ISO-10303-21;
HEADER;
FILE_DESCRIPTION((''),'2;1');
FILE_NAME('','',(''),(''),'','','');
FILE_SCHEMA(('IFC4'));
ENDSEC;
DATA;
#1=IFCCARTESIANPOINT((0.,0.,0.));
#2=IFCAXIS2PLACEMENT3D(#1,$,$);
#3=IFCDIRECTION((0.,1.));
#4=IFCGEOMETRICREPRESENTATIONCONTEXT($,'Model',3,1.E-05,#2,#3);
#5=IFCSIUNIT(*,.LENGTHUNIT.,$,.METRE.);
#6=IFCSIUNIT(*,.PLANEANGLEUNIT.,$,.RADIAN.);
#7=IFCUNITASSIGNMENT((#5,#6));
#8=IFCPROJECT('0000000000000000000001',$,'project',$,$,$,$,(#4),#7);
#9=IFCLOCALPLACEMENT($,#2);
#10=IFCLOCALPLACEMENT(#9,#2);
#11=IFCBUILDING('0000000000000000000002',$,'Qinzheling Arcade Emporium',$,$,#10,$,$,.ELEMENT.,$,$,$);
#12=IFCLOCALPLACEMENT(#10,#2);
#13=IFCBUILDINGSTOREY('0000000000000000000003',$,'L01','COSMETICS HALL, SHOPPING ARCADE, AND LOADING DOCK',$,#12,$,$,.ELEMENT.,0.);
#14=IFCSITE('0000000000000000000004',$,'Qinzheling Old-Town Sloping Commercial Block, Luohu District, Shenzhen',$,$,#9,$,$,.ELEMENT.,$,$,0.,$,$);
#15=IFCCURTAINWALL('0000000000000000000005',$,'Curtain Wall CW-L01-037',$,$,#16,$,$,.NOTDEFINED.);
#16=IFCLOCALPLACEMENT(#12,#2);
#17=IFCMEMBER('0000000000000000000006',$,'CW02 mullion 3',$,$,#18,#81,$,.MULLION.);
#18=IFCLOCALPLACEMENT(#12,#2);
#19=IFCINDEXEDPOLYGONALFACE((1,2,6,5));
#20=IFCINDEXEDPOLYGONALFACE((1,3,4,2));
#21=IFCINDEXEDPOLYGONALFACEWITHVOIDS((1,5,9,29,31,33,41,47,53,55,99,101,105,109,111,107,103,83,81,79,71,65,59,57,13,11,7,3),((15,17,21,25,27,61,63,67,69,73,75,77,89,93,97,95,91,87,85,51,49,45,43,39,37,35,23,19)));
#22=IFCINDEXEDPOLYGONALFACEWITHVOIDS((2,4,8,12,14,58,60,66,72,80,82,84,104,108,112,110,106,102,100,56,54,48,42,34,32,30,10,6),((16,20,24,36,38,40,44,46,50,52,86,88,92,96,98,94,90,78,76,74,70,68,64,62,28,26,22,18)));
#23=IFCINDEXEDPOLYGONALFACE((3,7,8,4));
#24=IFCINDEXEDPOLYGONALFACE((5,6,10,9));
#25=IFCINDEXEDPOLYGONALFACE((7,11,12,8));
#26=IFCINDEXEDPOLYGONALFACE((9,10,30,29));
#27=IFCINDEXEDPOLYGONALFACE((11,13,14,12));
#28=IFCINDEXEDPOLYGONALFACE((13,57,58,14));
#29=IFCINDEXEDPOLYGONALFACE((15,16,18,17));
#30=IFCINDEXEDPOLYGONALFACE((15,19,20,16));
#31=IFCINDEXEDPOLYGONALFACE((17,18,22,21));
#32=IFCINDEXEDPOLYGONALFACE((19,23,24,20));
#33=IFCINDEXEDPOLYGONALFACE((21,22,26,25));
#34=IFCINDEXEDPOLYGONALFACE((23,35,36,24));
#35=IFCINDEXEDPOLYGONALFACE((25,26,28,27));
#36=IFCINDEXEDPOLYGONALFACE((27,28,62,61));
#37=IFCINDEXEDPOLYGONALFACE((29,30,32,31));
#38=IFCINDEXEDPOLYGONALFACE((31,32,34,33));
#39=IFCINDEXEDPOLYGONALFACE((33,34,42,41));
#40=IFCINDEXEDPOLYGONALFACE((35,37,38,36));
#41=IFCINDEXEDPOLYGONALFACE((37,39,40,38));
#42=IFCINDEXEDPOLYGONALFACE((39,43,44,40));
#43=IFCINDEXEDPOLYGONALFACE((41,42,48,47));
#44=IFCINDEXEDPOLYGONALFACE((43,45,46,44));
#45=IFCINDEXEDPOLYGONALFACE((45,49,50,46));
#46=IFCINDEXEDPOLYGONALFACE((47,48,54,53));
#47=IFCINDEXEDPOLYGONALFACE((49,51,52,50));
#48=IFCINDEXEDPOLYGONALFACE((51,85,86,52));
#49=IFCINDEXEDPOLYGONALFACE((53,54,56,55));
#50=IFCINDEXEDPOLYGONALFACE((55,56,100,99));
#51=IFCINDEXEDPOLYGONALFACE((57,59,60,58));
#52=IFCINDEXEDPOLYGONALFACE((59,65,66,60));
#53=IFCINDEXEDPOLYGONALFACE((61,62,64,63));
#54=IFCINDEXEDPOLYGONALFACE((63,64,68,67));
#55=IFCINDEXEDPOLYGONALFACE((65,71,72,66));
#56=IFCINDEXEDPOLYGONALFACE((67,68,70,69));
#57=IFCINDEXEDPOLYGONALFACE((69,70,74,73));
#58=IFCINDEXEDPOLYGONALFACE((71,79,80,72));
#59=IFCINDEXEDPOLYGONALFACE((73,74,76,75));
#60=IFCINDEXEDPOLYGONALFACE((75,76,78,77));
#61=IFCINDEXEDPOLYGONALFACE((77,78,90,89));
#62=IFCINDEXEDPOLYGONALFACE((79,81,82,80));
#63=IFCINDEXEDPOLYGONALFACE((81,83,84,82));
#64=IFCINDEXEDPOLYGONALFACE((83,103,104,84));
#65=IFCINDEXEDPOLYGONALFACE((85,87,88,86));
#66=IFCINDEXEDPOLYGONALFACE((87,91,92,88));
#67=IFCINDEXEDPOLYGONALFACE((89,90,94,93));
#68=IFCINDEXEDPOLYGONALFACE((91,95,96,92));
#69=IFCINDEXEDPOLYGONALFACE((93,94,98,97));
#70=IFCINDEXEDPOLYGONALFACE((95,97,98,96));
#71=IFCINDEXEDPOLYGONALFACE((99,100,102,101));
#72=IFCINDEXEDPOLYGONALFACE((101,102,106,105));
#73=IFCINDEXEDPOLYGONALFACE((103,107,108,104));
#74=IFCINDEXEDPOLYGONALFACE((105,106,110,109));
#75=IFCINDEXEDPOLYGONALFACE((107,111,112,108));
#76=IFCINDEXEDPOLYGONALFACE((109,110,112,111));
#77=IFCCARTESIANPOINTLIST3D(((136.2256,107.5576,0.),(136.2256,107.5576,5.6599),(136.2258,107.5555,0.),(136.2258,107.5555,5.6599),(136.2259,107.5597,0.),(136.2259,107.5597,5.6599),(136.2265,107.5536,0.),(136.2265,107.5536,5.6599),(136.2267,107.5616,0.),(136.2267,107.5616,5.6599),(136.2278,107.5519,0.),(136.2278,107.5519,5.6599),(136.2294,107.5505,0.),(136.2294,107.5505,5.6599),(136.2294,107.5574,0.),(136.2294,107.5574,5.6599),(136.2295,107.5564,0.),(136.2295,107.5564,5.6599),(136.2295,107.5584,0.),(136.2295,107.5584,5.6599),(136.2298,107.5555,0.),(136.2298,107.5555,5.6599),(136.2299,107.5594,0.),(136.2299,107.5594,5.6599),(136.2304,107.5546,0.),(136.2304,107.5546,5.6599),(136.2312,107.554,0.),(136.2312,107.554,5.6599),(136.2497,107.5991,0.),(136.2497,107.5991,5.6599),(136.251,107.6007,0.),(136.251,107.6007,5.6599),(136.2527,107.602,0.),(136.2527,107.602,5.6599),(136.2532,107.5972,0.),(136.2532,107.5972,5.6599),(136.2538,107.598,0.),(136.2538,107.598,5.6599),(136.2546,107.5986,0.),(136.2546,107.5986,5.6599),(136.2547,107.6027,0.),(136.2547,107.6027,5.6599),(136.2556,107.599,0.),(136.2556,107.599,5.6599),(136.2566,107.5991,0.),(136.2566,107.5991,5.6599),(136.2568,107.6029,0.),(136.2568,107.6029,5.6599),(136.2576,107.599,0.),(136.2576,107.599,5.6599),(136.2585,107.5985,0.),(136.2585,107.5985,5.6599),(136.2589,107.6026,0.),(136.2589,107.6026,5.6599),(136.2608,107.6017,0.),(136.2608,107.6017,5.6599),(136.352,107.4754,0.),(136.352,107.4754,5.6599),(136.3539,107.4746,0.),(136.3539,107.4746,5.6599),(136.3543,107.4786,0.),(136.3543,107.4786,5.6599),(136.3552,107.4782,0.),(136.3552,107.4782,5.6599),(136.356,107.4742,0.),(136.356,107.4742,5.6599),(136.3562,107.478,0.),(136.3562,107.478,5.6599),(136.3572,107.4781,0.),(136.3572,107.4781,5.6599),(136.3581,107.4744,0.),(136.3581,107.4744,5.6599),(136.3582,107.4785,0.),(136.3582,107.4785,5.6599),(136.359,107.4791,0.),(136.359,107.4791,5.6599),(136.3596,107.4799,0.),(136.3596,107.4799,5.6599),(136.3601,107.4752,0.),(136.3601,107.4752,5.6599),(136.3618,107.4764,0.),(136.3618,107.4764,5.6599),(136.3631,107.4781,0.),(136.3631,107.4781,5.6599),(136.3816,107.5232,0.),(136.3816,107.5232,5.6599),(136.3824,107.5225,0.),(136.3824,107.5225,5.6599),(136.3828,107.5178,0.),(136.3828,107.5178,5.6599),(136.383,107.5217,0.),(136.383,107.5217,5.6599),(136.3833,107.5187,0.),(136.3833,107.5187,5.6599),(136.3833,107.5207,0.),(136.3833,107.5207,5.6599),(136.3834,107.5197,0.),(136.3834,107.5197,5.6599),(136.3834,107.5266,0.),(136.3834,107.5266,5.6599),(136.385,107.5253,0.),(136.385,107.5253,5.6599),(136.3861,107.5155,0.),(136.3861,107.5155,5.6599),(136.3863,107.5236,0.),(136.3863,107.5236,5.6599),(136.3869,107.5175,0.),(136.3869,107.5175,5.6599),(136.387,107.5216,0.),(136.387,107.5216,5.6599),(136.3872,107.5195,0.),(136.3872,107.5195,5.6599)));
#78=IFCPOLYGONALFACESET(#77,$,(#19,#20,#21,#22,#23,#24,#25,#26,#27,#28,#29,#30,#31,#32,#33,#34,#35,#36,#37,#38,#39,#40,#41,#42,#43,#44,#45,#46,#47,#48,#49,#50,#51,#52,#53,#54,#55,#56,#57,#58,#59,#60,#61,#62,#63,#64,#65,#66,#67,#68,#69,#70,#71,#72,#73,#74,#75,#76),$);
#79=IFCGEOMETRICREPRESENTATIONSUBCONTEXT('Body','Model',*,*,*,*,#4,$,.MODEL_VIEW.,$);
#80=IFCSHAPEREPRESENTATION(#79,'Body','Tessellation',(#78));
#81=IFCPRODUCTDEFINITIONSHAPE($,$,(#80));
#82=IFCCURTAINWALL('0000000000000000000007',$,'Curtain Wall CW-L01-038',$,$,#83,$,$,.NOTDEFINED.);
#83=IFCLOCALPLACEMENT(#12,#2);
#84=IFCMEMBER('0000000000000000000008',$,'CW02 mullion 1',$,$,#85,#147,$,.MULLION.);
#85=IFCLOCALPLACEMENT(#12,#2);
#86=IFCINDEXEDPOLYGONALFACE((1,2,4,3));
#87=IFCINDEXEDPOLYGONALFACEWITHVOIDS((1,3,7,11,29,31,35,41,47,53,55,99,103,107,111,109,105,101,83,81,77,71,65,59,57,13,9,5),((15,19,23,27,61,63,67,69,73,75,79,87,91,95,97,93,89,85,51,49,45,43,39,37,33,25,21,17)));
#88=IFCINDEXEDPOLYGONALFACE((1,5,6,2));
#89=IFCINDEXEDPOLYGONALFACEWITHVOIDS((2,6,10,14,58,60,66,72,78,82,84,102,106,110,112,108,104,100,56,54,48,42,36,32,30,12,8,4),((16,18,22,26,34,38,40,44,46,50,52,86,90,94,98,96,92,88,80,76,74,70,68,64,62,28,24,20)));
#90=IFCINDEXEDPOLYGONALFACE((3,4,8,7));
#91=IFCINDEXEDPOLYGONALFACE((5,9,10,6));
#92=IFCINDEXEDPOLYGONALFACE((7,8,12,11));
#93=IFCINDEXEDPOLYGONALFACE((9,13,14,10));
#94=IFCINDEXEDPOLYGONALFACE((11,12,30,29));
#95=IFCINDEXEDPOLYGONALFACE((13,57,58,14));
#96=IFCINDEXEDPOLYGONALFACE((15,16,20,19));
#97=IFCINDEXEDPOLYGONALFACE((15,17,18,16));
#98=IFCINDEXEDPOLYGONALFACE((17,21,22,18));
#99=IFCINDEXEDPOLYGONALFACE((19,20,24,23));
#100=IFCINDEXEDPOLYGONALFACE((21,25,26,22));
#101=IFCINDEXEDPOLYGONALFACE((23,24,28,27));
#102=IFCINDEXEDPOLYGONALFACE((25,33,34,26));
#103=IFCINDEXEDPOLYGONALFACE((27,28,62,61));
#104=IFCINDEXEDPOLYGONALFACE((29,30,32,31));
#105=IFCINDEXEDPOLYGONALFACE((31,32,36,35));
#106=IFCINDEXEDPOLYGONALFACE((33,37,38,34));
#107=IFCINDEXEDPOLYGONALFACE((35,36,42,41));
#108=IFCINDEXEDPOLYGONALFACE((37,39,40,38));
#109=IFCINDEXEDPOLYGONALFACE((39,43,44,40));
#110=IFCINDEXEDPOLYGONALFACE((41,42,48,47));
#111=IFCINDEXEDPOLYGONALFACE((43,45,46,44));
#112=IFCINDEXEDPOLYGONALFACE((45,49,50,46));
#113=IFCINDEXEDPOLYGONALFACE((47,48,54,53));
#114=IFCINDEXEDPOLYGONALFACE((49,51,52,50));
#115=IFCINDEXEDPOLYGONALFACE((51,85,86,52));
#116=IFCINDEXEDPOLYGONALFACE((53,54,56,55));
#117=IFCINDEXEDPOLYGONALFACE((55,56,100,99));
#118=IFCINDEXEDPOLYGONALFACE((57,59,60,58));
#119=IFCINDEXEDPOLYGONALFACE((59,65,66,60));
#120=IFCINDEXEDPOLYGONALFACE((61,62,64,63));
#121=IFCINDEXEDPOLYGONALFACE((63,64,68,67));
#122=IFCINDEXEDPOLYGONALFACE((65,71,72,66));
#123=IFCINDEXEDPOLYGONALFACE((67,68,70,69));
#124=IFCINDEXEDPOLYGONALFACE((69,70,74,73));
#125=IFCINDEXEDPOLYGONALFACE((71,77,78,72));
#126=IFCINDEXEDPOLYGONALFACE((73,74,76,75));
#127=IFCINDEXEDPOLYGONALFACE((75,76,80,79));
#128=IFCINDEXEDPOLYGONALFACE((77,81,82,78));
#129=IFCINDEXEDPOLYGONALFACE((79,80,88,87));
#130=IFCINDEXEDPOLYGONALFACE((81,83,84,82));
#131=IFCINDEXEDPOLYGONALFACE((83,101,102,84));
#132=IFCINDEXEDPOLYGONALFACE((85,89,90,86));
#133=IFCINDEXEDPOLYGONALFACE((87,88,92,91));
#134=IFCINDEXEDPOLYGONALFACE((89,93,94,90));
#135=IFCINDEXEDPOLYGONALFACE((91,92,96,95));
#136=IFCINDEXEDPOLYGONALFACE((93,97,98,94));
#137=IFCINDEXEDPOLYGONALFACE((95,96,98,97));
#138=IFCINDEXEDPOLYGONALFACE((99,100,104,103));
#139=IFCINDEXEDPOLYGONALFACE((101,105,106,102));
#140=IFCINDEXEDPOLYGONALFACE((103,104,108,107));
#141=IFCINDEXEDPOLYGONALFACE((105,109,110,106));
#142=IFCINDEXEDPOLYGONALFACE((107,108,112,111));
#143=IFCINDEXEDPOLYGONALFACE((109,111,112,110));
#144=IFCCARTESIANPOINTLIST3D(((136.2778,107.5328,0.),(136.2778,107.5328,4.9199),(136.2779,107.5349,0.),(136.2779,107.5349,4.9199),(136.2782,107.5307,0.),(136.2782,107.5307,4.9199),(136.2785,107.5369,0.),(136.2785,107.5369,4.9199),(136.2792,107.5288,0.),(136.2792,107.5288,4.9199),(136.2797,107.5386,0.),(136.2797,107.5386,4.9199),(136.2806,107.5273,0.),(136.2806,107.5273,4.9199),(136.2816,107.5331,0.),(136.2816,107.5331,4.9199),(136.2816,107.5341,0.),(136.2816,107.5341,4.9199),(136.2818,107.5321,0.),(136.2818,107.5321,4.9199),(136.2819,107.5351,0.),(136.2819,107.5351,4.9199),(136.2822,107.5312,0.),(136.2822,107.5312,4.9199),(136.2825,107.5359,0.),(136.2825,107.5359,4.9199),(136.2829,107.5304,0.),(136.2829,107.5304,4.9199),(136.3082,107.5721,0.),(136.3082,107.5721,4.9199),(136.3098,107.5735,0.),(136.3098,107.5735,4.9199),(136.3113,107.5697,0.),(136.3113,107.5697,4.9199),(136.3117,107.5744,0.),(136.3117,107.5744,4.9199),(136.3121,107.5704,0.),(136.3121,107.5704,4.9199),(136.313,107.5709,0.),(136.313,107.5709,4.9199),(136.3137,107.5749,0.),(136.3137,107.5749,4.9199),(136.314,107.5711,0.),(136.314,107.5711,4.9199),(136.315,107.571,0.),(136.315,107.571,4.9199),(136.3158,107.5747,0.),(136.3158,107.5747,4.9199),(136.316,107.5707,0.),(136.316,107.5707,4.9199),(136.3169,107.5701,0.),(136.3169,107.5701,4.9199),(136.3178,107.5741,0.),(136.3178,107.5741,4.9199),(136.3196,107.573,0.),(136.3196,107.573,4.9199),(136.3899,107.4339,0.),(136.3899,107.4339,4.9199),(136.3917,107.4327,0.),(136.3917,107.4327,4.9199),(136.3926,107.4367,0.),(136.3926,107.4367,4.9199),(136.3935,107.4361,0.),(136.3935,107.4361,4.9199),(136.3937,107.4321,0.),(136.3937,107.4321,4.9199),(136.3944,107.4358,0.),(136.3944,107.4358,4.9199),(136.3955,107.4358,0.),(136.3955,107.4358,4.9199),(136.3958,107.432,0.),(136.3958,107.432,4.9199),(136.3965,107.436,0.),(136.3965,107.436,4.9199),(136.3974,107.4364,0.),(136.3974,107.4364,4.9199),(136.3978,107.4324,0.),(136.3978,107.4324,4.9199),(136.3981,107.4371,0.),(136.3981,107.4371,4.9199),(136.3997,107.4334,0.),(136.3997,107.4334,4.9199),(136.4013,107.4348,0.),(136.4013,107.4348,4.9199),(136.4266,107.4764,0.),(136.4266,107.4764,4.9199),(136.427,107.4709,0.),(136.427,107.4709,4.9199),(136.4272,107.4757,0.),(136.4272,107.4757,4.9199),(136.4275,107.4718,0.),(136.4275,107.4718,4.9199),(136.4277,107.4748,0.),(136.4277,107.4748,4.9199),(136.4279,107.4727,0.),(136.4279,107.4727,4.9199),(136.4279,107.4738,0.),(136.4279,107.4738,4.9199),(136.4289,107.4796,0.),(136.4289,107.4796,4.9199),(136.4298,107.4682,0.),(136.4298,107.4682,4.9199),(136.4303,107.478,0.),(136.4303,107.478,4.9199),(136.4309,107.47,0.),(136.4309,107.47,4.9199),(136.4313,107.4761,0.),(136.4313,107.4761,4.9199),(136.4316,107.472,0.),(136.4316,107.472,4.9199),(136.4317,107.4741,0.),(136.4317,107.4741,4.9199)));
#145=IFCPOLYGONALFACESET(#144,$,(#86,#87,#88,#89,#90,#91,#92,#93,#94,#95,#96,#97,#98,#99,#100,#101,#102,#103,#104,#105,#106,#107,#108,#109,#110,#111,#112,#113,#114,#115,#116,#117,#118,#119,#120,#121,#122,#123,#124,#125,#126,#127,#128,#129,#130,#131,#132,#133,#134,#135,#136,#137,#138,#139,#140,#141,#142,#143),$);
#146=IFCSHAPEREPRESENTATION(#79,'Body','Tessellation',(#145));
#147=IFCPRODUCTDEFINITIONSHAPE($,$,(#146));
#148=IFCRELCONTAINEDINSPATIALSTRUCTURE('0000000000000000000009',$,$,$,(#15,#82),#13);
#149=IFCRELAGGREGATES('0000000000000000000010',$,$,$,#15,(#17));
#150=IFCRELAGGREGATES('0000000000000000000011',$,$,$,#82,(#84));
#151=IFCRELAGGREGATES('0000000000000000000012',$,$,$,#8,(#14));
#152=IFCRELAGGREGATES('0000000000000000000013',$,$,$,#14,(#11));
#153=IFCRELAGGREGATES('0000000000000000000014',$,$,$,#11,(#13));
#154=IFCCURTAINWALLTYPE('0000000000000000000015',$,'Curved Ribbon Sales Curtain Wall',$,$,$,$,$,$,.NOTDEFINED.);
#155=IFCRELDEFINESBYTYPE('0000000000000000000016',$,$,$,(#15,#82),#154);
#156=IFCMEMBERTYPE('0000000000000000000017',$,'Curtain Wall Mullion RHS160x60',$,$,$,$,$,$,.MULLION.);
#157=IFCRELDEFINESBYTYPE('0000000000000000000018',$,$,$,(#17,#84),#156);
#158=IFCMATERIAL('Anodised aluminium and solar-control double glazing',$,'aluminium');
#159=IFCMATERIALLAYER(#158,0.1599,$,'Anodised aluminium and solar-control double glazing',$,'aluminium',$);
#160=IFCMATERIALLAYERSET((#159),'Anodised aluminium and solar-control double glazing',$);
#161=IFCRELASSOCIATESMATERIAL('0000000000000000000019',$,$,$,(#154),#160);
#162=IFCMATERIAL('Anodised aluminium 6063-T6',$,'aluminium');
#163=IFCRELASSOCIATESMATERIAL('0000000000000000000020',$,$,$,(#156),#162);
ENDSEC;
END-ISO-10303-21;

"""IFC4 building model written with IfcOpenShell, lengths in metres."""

from ifc_helpers import new_model, si_unit, direction, frame, origin, origin_2d, place, context, subcontext, project, spatial, hollow_rectangle, extrude, material, layer, layer_set, material_profile, profile_set, type_object, element, aggregate, save


model = new_model("IFC4")

# Units and contexts
model_context = context("Model", 3, precision=1e-05, world=origin(), true_north=direction((0.0, 1.0)))
body_context = subcontext(model_context, "Body", "Model", "MODEL_VIEW")
ifc_project = project(units=[si_unit("LENGTHUNIT", "METRE"), si_unit("PLANEANGLEUNIT", "RADIAN")], contexts=[model_context])

# Site, building, storey
site_placement = place(None, origin())
site = spatial("IfcSite", under=ifc_project, at=site_placement, Name="Qinzheling Old-Town Sloping Commercial Block, Luohu District, Shenzhen", CompositionType="ELEMENT", RefElevation=0.0)
building_placement = place(site_placement, origin())
building = spatial("IfcBuilding", under=site, at=building_placement, Name="Qinzheling Arcade Emporium", CompositionType="ELEMENT")
storey_placement = place(building_placement, origin())
storey = spatial("IfcBuildingStorey", under=building, at=storey_placement, Name="L01", Description="COSMETICS HALL, SHOPPING ARCADE, AND LOADING DOCK", CompositionType="ELEMENT", Elevation=0.0)

# Curtain wall, member
ifc_material_1 = material(Name="Anodised aluminium and solar-control double glazing", Category="aluminium")
ifc_layer_1 = layer(ifc_material_1, 0.1599, Name="Anodised aluminium and solar-control double glazing", Category="aluminium")
ifc_layer_set_1 = layer_set([ifc_layer_1], Name="Anodised aluminium and solar-control double glazing")
curtain_wall_type = type_object("IfcCurtainWallType", Name="Curved Ribbon Sales Curtain Wall", PredefinedType="NOTDEFINED", material=ifc_layer_set_1)
curtain_wall_1_placement = place(storey_placement, origin())
curtain_wall_1 = element("IfcCurtainWall", 1, at=curtain_wall_1_placement, inside=storey, type_object=curtain_wall_type, Name="Curtain Wall CW-L01-037", PredefinedType="NOTDEFINED")
ifc_material_2 = material(Name="Anodised aluminium 6063-T6", Category="aluminium")
ifc_material_profile_1 = material_profile(ifc_material_2, hollow_rectangle(XDim=0.0601, YDim=0.1599, WallThickness=0.0039, InnerFilletRadius=0.0039, OuterFilletRadius=0.0081, at=origin_2d()), Name="RHS 160x60x4", Category="aluminium")
ifc_profile_set_1 = profile_set([ifc_material_profile_1], Name="Anodised aluminium 6063-T6")
member_type_1 = type_object("IfcMemberType", Name="Curtain Wall Mullion RHS160x60", PredefinedType="MULLION", material=ifc_profile_set_1)
member_1_placement = place(storey_placement, frame((136.3064, 107.5386, 0.0), z_axis=(0.0, 0.0, 1.0), x_axis=(0.522415, 0.852691, 0.0)))
member_1 = element("IfcMember", 2, at=member_1_placement, type_object=member_type_1, Name="CW02 mullion 3", PredefinedType="MULLION", context=body_context, shape_type="SweptSolid", body=[
    extrude(hollow_rectangle(XDim=0.0601, YDim=0.1599, WallThickness=0.0039, InnerFilletRadius=0.0039, OuterFilletRadius=0.0081, at=origin_2d()), origin(), (0.0, 0.0, 1.0), 5.6599),
])

# Curtain wall, member
curtain_wall_2_placement = place(storey_placement, origin())
curtain_wall_2 = element("IfcCurtainWall", 3, at=curtain_wall_2_placement, inside=storey, type_object=curtain_wall_type, Name="Curtain Wall CW-L01-038", PredefinedType="NOTDEFINED")
member_2_placement = place(storey_placement, frame((136.3547, 107.5034, 0.0), z_axis=(0.0, 0.0, 1.0), x_axis=(0.649524, 0.760341, 0.0)))
member_2 = element("IfcMember", 4, at=member_2_placement, type_object=member_type_1, Name="CW02 mullion 1", PredefinedType="MULLION", context=body_context, shape_type="SweptSolid", body=[
    extrude(hollow_rectangle(XDim=0.0601, YDim=0.1599, WallThickness=0.0039, InnerFilletRadius=0.0039, OuterFilletRadius=0.0081, at=origin_2d()), origin(), (0.0, 0.0, 1.0), 4.9199),
])

aggregate(curtain_wall_1, [member_1])
aggregate(curtain_wall_2, [member_2])

save(model, "model.ifc")
